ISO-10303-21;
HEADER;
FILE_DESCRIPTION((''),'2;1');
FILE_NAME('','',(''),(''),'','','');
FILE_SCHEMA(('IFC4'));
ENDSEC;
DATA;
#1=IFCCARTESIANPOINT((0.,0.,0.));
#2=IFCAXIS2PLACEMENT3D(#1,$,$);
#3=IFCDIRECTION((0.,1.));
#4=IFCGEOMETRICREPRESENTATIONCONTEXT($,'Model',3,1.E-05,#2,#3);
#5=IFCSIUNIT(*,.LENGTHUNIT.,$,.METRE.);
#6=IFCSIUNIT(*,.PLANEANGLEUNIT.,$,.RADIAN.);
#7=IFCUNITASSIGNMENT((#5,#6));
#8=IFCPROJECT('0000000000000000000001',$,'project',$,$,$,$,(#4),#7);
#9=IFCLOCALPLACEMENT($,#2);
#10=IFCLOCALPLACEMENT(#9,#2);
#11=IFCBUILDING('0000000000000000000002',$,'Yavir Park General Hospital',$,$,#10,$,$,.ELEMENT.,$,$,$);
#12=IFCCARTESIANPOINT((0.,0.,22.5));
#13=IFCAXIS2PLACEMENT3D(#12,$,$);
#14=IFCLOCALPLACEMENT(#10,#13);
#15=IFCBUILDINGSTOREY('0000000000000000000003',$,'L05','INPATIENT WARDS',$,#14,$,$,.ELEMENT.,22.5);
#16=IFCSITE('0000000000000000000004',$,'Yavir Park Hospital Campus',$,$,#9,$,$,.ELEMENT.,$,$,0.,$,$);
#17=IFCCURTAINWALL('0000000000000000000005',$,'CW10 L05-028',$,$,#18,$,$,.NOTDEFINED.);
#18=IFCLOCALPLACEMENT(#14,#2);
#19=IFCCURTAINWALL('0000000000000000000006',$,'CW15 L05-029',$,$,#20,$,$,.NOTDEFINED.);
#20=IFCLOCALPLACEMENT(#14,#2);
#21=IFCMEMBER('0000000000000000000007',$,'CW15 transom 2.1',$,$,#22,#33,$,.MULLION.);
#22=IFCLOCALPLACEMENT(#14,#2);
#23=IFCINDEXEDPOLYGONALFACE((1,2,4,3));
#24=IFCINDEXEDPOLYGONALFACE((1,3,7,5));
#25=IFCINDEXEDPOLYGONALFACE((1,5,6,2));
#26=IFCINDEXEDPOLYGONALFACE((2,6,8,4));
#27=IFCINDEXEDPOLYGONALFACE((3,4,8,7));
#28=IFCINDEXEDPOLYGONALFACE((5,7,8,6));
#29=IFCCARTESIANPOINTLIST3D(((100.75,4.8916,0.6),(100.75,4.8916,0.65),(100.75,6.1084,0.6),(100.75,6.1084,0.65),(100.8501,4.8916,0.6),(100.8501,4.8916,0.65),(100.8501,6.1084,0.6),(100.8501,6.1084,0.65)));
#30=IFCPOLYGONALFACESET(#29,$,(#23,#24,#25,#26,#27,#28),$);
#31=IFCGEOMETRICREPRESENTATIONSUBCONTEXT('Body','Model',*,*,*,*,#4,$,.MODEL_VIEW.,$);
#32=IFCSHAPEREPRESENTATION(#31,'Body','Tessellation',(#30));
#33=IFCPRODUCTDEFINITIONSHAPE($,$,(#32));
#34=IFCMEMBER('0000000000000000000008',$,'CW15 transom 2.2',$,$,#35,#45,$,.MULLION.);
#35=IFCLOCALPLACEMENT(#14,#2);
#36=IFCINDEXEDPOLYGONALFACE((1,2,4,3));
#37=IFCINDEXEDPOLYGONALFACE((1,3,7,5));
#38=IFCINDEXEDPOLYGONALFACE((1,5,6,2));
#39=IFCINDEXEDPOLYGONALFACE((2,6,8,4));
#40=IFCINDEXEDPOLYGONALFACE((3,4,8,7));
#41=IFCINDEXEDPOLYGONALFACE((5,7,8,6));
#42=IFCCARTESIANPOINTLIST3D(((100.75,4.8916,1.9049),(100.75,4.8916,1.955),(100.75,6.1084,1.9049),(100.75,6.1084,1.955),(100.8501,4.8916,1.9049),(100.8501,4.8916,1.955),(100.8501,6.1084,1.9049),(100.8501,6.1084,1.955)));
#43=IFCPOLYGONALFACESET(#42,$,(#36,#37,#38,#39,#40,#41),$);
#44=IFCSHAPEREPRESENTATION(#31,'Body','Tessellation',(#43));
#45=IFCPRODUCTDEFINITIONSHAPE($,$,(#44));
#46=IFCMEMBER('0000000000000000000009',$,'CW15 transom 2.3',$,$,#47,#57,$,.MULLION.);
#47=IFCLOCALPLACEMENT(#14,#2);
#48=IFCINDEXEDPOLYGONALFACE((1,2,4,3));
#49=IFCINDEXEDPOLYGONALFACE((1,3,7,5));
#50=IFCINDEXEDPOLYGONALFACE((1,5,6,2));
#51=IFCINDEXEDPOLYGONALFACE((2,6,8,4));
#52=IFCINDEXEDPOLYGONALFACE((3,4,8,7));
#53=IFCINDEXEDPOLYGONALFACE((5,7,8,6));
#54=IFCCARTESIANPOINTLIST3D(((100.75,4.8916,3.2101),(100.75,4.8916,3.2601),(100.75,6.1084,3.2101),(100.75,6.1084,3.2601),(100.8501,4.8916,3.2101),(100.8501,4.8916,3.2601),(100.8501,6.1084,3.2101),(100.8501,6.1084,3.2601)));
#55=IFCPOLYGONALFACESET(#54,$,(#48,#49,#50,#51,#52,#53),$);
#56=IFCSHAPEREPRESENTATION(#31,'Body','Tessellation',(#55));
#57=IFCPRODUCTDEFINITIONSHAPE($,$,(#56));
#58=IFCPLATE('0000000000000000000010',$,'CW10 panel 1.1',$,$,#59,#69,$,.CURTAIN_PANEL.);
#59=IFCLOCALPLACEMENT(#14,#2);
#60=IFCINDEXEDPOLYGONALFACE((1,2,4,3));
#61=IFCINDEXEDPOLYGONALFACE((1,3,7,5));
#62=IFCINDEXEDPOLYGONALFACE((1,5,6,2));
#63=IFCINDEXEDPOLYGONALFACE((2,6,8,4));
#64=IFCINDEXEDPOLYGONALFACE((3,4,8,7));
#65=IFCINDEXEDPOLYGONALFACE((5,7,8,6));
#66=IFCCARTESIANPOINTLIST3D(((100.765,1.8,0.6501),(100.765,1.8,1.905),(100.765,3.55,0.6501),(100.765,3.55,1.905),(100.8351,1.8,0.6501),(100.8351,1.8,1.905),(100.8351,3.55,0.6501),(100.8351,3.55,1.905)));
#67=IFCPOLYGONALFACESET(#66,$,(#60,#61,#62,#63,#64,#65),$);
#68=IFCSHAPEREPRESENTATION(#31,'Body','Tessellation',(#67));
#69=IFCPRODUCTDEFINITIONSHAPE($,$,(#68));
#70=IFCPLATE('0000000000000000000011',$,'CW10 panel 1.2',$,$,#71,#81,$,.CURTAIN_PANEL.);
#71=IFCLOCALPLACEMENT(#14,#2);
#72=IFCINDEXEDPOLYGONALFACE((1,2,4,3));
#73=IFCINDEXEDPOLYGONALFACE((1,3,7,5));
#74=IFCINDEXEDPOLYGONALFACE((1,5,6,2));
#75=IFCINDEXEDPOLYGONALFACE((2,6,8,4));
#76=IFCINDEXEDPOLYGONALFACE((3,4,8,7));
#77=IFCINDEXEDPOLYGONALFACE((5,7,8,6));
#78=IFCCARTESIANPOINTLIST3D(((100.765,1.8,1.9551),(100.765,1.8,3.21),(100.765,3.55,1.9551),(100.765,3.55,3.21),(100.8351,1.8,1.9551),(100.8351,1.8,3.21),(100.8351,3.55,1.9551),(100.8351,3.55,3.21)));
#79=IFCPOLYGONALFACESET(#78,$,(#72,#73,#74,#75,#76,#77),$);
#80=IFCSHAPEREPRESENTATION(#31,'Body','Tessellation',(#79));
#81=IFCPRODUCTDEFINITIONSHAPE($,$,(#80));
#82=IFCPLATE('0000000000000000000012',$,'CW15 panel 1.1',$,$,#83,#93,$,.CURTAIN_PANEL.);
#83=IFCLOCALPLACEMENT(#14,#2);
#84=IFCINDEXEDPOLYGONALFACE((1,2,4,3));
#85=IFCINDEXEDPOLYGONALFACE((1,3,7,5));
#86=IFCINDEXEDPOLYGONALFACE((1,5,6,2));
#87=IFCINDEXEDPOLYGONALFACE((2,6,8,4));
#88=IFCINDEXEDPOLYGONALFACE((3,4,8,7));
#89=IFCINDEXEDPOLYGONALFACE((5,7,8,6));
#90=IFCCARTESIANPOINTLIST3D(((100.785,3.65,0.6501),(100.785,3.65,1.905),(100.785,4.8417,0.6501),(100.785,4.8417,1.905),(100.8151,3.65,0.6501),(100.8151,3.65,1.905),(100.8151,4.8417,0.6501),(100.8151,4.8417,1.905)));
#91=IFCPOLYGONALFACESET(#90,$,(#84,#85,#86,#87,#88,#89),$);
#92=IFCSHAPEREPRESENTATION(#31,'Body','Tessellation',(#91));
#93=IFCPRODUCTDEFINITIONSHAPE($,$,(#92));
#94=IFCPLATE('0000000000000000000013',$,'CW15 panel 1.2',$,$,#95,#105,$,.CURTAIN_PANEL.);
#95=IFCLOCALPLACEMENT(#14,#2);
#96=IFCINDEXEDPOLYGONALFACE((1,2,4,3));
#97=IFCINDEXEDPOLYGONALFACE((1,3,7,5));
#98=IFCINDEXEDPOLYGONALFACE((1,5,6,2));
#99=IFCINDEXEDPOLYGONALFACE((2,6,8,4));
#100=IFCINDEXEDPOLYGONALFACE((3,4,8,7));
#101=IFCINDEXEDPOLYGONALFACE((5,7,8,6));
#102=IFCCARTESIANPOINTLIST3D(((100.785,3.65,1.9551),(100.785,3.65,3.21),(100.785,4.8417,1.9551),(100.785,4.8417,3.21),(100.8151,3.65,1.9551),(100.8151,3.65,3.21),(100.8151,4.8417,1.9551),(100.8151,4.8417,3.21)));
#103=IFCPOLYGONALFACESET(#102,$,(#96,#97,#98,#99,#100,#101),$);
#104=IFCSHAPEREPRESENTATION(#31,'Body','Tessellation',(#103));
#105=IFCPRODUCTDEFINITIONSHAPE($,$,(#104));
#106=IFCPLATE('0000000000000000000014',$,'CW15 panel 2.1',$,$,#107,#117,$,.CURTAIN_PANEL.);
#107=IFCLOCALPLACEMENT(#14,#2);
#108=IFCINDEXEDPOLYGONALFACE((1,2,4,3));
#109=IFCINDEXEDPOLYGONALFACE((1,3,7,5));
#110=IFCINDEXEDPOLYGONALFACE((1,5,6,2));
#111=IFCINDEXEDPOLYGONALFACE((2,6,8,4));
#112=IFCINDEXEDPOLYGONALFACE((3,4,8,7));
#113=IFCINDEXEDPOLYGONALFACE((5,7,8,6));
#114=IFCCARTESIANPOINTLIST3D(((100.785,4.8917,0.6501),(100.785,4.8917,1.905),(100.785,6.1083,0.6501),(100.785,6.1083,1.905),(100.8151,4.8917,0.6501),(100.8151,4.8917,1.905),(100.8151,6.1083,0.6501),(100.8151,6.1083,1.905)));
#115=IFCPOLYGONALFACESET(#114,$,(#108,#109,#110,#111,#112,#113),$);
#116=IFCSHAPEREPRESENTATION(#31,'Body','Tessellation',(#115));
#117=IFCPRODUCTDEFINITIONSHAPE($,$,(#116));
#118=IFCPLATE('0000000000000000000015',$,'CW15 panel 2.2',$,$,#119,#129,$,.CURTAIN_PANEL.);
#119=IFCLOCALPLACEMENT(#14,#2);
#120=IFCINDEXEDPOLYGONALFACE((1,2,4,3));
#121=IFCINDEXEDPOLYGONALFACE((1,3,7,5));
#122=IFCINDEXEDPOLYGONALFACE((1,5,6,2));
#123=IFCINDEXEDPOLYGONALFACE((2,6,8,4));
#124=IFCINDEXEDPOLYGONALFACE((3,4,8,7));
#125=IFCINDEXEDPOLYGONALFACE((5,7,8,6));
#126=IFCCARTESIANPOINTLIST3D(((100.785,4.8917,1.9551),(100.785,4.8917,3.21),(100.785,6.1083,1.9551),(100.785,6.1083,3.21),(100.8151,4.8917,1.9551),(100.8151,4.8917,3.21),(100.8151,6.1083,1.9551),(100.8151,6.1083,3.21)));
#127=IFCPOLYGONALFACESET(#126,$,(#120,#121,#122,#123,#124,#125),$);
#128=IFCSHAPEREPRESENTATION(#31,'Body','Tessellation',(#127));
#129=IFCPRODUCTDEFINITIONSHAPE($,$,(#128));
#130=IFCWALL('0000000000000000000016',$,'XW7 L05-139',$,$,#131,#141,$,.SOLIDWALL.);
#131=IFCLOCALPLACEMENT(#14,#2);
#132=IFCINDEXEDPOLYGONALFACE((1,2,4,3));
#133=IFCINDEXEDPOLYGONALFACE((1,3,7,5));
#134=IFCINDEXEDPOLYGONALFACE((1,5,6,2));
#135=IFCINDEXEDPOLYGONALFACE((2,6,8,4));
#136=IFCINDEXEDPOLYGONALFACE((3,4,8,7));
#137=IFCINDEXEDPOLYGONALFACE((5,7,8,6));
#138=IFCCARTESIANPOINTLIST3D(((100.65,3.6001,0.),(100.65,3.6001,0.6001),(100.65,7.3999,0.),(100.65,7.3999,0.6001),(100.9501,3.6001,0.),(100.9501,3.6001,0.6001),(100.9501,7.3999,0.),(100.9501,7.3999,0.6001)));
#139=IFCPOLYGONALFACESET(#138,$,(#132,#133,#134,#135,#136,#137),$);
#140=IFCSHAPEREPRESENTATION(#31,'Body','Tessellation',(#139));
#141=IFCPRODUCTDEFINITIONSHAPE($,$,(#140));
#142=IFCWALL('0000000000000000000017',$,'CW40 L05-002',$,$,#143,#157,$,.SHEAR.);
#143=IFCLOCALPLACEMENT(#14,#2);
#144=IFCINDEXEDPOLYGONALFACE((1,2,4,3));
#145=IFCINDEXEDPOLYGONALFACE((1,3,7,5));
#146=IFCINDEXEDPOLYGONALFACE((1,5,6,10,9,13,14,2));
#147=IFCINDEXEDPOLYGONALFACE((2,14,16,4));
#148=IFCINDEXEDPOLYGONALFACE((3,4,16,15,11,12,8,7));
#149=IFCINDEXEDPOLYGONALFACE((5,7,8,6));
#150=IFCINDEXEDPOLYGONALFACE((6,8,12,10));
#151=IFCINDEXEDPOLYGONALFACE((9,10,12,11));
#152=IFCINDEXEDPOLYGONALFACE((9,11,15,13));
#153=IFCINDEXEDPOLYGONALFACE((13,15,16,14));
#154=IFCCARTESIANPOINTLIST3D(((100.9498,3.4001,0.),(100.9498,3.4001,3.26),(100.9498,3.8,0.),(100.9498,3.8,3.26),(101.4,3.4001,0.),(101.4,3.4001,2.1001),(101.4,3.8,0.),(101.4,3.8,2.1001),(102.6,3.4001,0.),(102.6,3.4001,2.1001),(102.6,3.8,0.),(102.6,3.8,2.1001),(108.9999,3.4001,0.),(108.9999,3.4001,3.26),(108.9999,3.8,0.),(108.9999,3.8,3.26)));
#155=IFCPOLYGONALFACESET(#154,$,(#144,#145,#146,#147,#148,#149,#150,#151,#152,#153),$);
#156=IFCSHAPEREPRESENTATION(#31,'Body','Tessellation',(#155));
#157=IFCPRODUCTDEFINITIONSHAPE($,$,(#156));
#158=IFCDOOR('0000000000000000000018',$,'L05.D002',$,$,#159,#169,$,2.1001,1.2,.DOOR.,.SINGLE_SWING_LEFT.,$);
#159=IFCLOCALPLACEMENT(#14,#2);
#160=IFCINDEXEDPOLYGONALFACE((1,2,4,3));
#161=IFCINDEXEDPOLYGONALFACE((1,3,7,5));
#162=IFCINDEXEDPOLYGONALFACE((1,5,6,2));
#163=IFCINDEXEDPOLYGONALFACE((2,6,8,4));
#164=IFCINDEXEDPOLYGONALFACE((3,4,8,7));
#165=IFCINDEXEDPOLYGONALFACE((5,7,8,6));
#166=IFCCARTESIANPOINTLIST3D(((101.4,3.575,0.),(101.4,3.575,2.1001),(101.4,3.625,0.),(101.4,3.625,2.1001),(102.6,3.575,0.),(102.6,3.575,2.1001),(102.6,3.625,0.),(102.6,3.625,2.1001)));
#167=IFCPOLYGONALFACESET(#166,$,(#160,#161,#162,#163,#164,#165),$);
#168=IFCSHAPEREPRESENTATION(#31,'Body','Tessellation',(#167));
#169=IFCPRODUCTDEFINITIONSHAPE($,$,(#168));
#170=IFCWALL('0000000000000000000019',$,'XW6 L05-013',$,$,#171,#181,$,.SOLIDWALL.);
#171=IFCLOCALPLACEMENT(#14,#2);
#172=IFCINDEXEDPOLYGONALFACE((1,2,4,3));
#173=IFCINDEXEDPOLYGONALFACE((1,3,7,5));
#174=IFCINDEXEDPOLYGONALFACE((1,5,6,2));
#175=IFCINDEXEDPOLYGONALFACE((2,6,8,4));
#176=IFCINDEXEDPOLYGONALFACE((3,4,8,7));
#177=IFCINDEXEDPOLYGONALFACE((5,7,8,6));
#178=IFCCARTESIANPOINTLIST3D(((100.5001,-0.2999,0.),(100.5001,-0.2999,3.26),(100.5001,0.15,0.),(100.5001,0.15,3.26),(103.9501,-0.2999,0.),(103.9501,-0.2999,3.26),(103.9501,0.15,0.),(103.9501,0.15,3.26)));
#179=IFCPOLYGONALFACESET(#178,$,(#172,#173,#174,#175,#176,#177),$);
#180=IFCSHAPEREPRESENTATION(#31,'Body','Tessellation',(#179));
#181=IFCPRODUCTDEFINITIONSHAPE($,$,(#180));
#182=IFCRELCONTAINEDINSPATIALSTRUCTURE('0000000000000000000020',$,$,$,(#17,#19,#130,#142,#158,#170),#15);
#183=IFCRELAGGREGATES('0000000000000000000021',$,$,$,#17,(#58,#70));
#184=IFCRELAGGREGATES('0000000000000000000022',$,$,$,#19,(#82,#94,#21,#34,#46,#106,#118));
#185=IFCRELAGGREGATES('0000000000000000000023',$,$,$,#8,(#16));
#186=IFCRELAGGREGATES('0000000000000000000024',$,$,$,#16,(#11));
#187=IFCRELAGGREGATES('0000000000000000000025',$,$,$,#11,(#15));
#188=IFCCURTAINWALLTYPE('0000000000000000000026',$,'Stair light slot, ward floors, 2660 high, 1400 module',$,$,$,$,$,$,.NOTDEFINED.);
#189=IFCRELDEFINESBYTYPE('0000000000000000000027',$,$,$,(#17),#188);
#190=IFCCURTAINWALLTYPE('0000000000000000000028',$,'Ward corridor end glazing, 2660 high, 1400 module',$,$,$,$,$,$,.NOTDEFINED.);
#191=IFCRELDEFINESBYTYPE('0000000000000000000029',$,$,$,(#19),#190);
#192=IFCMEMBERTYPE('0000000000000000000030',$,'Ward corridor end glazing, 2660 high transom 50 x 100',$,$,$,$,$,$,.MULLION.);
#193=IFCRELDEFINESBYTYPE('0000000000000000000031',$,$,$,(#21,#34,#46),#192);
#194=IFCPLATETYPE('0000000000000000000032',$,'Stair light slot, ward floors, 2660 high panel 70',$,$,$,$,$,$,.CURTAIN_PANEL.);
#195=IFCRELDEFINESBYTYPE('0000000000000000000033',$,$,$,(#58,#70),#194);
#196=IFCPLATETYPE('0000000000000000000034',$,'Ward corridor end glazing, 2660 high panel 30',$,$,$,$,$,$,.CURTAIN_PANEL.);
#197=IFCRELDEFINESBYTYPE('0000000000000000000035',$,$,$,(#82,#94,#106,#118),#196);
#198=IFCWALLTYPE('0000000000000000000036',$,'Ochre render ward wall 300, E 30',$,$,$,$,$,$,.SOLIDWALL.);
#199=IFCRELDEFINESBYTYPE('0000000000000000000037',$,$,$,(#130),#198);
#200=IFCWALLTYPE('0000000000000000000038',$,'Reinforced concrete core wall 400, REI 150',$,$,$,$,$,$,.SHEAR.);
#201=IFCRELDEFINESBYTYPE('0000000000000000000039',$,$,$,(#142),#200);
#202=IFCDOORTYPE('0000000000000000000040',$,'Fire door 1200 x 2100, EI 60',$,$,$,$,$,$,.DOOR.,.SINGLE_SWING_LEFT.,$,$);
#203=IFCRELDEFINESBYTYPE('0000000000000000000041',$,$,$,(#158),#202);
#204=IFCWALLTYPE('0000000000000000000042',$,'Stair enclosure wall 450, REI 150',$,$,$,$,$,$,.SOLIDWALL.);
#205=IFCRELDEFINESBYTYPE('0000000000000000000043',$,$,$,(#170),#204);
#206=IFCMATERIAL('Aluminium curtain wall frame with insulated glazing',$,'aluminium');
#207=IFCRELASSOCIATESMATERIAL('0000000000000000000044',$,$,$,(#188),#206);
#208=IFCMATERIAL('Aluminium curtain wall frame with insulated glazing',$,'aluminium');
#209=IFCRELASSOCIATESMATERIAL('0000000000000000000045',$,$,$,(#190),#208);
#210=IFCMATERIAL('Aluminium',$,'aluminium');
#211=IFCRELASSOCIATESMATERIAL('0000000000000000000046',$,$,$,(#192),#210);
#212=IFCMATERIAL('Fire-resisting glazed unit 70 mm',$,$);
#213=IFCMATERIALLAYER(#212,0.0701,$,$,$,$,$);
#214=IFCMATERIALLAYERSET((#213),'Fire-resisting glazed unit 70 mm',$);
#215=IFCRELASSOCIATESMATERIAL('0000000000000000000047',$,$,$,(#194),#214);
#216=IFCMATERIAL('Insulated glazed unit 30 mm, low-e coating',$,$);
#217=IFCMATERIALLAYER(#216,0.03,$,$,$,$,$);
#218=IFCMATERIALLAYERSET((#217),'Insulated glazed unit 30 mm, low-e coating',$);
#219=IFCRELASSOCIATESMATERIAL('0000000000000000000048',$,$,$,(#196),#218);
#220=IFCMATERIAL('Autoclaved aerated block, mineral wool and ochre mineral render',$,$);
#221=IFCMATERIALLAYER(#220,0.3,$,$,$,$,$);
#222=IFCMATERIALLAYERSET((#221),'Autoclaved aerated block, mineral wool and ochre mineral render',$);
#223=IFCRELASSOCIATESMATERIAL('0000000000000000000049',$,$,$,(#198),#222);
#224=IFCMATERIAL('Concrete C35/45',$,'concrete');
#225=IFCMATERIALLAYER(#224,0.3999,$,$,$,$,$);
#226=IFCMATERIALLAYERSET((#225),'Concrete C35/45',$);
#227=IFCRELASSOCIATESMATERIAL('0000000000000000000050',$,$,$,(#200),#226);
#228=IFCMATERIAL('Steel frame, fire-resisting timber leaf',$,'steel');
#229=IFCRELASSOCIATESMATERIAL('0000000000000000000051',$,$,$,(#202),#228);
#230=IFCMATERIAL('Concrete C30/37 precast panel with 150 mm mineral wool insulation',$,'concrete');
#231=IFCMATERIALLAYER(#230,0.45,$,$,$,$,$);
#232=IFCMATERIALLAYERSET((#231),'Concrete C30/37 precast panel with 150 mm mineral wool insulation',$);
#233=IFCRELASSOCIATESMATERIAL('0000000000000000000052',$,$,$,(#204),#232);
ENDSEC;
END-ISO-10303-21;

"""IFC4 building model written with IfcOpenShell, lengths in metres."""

from ifc_helpers import new_model, si_unit, direction, frame, frame_2d, origin, origin_2d, place, context, subcontext, project, spatial, rectangle, extrude, material, layer, layer_set, material_profile, profile_set, type_object, element, fill, aggregate, save


model = new_model("IFC4")

# Units and contexts
model_context = context("Model", 3, precision=1e-05, world=origin(), true_north=direction((0.0, 1.0)))
body_context = subcontext(model_context, "Body", "Model", "MODEL_VIEW")
ifc_project = project(units=[si_unit("LENGTHUNIT", "METRE"), si_unit("PLANEANGLEUNIT", "RADIAN")], contexts=[model_context])

# Site, building, storey
site_placement = place(None, origin())
site = spatial("IfcSite", under=ifc_project, at=site_placement, Name="Yavir Park Hospital Campus", CompositionType="ELEMENT", RefElevation=0.0)
building_placement = place(site_placement, origin())
building = spatial("IfcBuilding", under=site, at=building_placement, Name="Yavir Park General Hospital", CompositionType="ELEMENT")
storey_placement = place(building_placement, frame((0.0, 0.0, 22.5)))
storey = spatial("IfcBuildingStorey", under=building, at=storey_placement, Name="L05", Description="INPATIENT WARDS", CompositionType="ELEMENT", Elevation=22.5)

# Shared definitions
ifc_material_1 = material(Name="Aluminium curtain wall frame with insulated glazing", Category="aluminium")
curtain_wall_type_1 = type_object("IfcCurtainWallType", Name="Stair light slot, ward floors, 2660 high, 1400 module", PredefinedType="NOTDEFINED", material=ifc_material_1)

# Curtain wall
curtain_wall_1_placement = place(storey_placement, origin())
curtain_wall_1 = element("IfcCurtainWall", 1, at=curtain_wall_1_placement, inside=storey, type_object=curtain_wall_type_1, Name="CW10 L05-028", PredefinedType="NOTDEFINED")

# Shared definitions
ifc_material_2 = material(Name="Aluminium curtain wall frame with insulated glazing", Category="aluminium")
curtain_wall_type_2 = type_object("IfcCurtainWallType", Name="Ward corridor end glazing, 2660 high, 1400 module", PredefinedType="NOTDEFINED", material=ifc_material_2)

# Curtain wall, members
curtain_wall_2_placement = place(storey_placement, origin())
curtain_wall_2 = element("IfcCurtainWall", 2, at=curtain_wall_2_placement, inside=storey, type_object=curtain_wall_type_2, Name="CW15 L05-029", PredefinedType="NOTDEFINED")
ifc_material_3 = material(Name="Aluminium", Category="aluminium")
ifc_material_profile_1 = material_profile(ifc_material_3, rectangle(XDim=0.1001, YDim=0.05, at=origin_2d()), Name="AL 100x50")
ifc_profile_set_1 = profile_set([ifc_material_profile_1], Name="Aluminium")
member_type_1 = type_object("IfcMemberType", Name="Ward corridor end glazing, 2660 high transom 50 x 100", PredefinedType="MULLION", material=ifc_profile_set_1)
member_1_placement = place(storey_placement, frame((100.8, 4.8916, 0.625), z_axis=(0.0, 1.0, 0.0), x_axis=(-1.0, 0.0, 0.0)))
member_1 = element("IfcMember", 3, at=member_1_placement, type_object=member_type_1, Name="CW15 transom 2.1", PredefinedType="MULLION", context=body_context, shape_type="SweptSolid", body=[
    extrude(rectangle(XDim=0.1001, YDim=0.05, at=origin_2d()), origin(), (0.0, 0.0, 1.0), 1.2168),
])
member_2_placement = place(storey_placement, frame((100.8, 4.8916, 1.9299), z_axis=(0.0, 1.0, 0.0), x_axis=(-1.0, 0.0, 0.0)))
member_2 = element("IfcMember", 4, at=member_2_placement, type_object=member_type_1, Name="CW15 transom 2.2", PredefinedType="MULLION", context=body_context, shape_type="SweptSolid", body=[
    extrude(rectangle(XDim=0.1001, YDim=0.05, at=origin_2d()), origin(), (0.0, 0.0, 1.0), 1.2168),
])
member_3_placement = place(storey_placement, frame((100.8, 4.8916, 3.2351), z_axis=(0.0, 1.0, 0.0), x_axis=(-1.0, 0.0, 0.0)))
member_3 = element("IfcMember", 5, at=member_3_placement, type_object=member_type_1, Name="CW15 transom 2.3", PredefinedType="MULLION", context=body_context, shape_type="SweptSolid", body=[
    extrude(rectangle(XDim=0.1001, YDim=0.05, at=origin_2d()), origin(), (0.0, 0.0, 1.0), 1.2168),
])

# Plates
ifc_material_4 = material(Name="Fire-resisting glazed unit 70 mm")
ifc_layer_1 = layer(ifc_material_4, 0.0701)
ifc_layer_set_1 = layer_set([ifc_layer_1], Name="Fire-resisting glazed unit 70 mm")
plate_type_1 = type_object("IfcPlateType", Name="Stair light slot, ward floors, 2660 high panel 70", PredefinedType="CURTAIN_PANEL", material=ifc_layer_set_1)
plate_1_placement = place(storey_placement, frame((100.8, 2.675, 0.6501), z_axis=(0.0, 0.0, 1.0), x_axis=(0.0, 1.0, 0.0)))
plate_1 = element("IfcPlate", 6, at=plate_1_placement, type_object=plate_type_1, Name="CW10 panel 1.1", PredefinedType="CURTAIN_PANEL", context=body_context, shape_type="SweptSolid", body=[
    extrude(rectangle(XDim=1.75, YDim=0.0701, at=origin_2d()), origin(), (0.0, 0.0, 1.0), 1.2549),
])
plate_2_placement = place(storey_placement, frame((100.8, 2.675, 1.9551), z_axis=(0.0, 0.0, 1.0), x_axis=(0.0, 1.0, 0.0)))
plate_2 = element("IfcPlate", 7, at=plate_2_placement, type_object=plate_type_1, Name="CW10 panel 1.2", PredefinedType="CURTAIN_PANEL", context=body_context, shape_type="SweptSolid", body=[
    extrude(rectangle(XDim=1.75, YDim=0.0701, at=origin_2d()), origin(), (0.0, 0.0, 1.0), 1.2549),
])
aggregate(curtain_wall_1, [plate_1, plate_2])
ifc_material_5 = material(Name="Insulated glazed unit 30 mm, low-e coating")
ifc_layer_2 = layer(ifc_material_5, 0.03)
ifc_layer_set_2 = layer_set([ifc_layer_2], Name="Insulated glazed unit 30 mm, low-e coating")
plate_type_2 = type_object("IfcPlateType", Name="Ward corridor end glazing, 2660 high panel 30", PredefinedType="CURTAIN_PANEL", material=ifc_layer_set_2)
plate_3_placement = place(storey_placement, frame((100.8, 4.2458, 0.6501), z_axis=(0.0, 0.0, 1.0), x_axis=(0.0, 1.0, 0.0)))
plate_3 = element("IfcPlate", 8, at=plate_3_placement, type_object=plate_type_2, Name="CW15 panel 1.1", PredefinedType="CURTAIN_PANEL", context=body_context, shape_type="SweptSolid", body=[
    extrude(rectangle(XDim=1.1917, YDim=0.03, at=origin_2d()), origin(), (0.0, 0.0, 1.0), 1.2549),
])
plate_4_placement = place(storey_placement, frame((100.8, 4.2458, 1.9551), z_axis=(0.0, 0.0, 1.0), x_axis=(0.0, 1.0, 0.0)))
plate_4 = element("IfcPlate", 9, at=plate_4_placement, type_object=plate_type_2, Name="CW15 panel 1.2", PredefinedType="CURTAIN_PANEL", context=body_context, shape_type="SweptSolid", body=[
    extrude(rectangle(XDim=1.1917, YDim=0.03, at=origin_2d()), origin(), (0.0, 0.0, 1.0), 1.2549),
])
plate_5_placement = place(storey_placement, frame((100.8, 5.5, 0.6501), z_axis=(0.0, 0.0, 1.0), x_axis=(0.0, 1.0, 0.0)))
plate_5 = element("IfcPlate", 10, at=plate_5_placement, type_object=plate_type_2, Name="CW15 panel 2.1", PredefinedType="CURTAIN_PANEL", context=body_context, shape_type="SweptSolid", body=[
    extrude(rectangle(XDim=1.2166, YDim=0.03, at=origin_2d()), origin(), (0.0, 0.0, 1.0), 1.2549),
])
plate_6_placement = place(storey_placement, frame((100.8, 5.5, 1.9551), z_axis=(0.0, 0.0, 1.0), x_axis=(0.0, 1.0, 0.0)))
plate_6 = element("IfcPlate", 11, at=plate_6_placement, type_object=plate_type_2, Name="CW15 panel 2.2", PredefinedType="CURTAIN_PANEL", context=body_context, shape_type="SweptSolid", body=[
    extrude(rectangle(XDim=1.2166, YDim=0.03, at=origin_2d()), origin(), (0.0, 0.0, 1.0), 1.2549),
])
aggregate(curtain_wall_2, [plate_3, plate_4, member_1, member_2, member_3, plate_5, plate_6])

# Wall
ifc_material_6 = material(Name="Autoclaved aerated block, mineral wool and ochre mineral render")
ifc_layer_3 = layer(ifc_material_6, 0.3)
ifc_layer_set_3 = layer_set([ifc_layer_3], Name="Autoclaved aerated block, mineral wool and ochre mineral render")
wall_type_1 = type_object("IfcWallType", Name="Ochre render ward wall 300, E 30", PredefinedType="SOLIDWALL", material=ifc_layer_set_3)
wall_1_placement = place(storey_placement, frame((100.8, 3.6001, 0.0), z_axis=(0.0, 0.0, 1.0), x_axis=(0.0, 1.0, 0.0)))
element("IfcWall", 12, at=wall_1_placement, inside=storey, type_object=wall_type_1, Name="XW7 L05-139", PredefinedType="SOLIDWALL", context=body_context, shape_type="SweptSolid", body=[
    extrude(rectangle(XDim=3.7998, YDim=0.3, at=frame_2d((1.8999, 0.0))), origin(), (0.0, 0.0, 1.0), 0.6001),
])

# Wall, opening, door
ifc_material_7 = material(Name="Concrete C35/45", Category="concrete")
ifc_layer_4 = layer(ifc_material_7, 0.3999)
ifc_layer_set_4 = layer_set([ifc_layer_4], Name="Concrete C35/45")
wall_type_2 = type_object("IfcWallType", Name="Reinforced concrete core wall 400, REI 150", PredefinedType="SHEAR", material=ifc_layer_set_4)
wall_2_placement = place(storey_placement, frame((100.95, 3.6001, 0.0), z_axis=(0.0, 0.0, 1.0), x_axis=(1.0, 0.0, 0.0)))
wall_2 = element("IfcWall", 13, at=wall_2_placement, inside=storey, type_object=wall_type_2, Name="CW40 L05-002", PredefinedType="SHEAR", context=body_context, shape_type="SweptSolid", body=[
    extrude(rectangle(XDim=8.05, YDim=0.3999, at=frame_2d((4.0249, 0.0))), origin(), (0.0, 0.0, 1.0), 3.26),
])
opening_placement = place(wall_2_placement, frame((0.45, 0.0, 0.0)))
opening = element("IfcOpeningElement", 14, at=opening_placement, cuts=wall_2, PredefinedType="OPENING", context=body_context, shape_type="SweptSolid", body=[
    extrude(rectangle(XDim=1.2, YDim=2.1001, at=frame_2d((0.6001, 1.05))), frame((0.0, 0.21, 0.0), z_axis=(0.0, -1.0, 0.0), x_axis=(1.0, 0.0, 0.0)), (0.0, 0.0, 1.0), 0.4199),
])
ifc_material_8 = material(Name="Steel frame, fire-resisting timber leaf", Category="steel")
door_type = type_object("IfcDoorType", Name="Fire door 1200 x 2100, EI 60", OperationType="SINGLE_SWING_LEFT", PredefinedType="DOOR", material=ifc_material_8)
door_placement = place(opening_placement, origin())
door = element("IfcDoor", 15, at=door_placement, inside=storey, type_object=door_type, Name="L05.D002", OperationType="SINGLE_SWING_LEFT", OverallHeight=2.1001, OverallWidth=1.2, PredefinedType="DOOR", context=body_context, shape_type="SweptSolid", body=[
    extrude(rectangle(XDim=1.2, YDim=2.1001, at=frame_2d((0.6001, 1.05))), frame((0.0, 0.0249, 0.0), z_axis=(0.0, -1.0, 0.0), x_axis=(1.0, 0.0, 0.0)), (0.0, 0.0, 1.0), 0.05),
])
fill(opening, door)

# Wall
ifc_material_9 = material(Name="Concrete C30/37 precast panel with 150 mm mineral wool insulation", Category="concrete")
ifc_layer_5 = layer(ifc_material_9, 0.45)
ifc_layer_set_5 = layer_set([ifc_layer_5], Name="Concrete C30/37 precast panel with 150 mm mineral wool insulation")
wall_type_3 = type_object("IfcWallType", Name="Stair enclosure wall 450, REI 150", PredefinedType="SOLIDWALL", material=ifc_layer_set_5)
wall_3_placement = place(storey_placement, frame((100.5, -0.075, 0.0), z_axis=(0.0, 0.0, 1.0), x_axis=(1.0, 0.0, 0.0)))
element("IfcWall", 16, at=wall_3_placement, inside=storey, type_object=wall_type_3, Name="XW6 L05-013", PredefinedType="SOLIDWALL", context=body_context, shape_type="SweptSolid", body=[
    extrude(rectangle(XDim=3.45, YDim=0.45, at=frame_2d((1.7251, 0.0))), origin(), (0.0, 0.0, 1.0), 3.26),
])

save(model, "model.ifc")
